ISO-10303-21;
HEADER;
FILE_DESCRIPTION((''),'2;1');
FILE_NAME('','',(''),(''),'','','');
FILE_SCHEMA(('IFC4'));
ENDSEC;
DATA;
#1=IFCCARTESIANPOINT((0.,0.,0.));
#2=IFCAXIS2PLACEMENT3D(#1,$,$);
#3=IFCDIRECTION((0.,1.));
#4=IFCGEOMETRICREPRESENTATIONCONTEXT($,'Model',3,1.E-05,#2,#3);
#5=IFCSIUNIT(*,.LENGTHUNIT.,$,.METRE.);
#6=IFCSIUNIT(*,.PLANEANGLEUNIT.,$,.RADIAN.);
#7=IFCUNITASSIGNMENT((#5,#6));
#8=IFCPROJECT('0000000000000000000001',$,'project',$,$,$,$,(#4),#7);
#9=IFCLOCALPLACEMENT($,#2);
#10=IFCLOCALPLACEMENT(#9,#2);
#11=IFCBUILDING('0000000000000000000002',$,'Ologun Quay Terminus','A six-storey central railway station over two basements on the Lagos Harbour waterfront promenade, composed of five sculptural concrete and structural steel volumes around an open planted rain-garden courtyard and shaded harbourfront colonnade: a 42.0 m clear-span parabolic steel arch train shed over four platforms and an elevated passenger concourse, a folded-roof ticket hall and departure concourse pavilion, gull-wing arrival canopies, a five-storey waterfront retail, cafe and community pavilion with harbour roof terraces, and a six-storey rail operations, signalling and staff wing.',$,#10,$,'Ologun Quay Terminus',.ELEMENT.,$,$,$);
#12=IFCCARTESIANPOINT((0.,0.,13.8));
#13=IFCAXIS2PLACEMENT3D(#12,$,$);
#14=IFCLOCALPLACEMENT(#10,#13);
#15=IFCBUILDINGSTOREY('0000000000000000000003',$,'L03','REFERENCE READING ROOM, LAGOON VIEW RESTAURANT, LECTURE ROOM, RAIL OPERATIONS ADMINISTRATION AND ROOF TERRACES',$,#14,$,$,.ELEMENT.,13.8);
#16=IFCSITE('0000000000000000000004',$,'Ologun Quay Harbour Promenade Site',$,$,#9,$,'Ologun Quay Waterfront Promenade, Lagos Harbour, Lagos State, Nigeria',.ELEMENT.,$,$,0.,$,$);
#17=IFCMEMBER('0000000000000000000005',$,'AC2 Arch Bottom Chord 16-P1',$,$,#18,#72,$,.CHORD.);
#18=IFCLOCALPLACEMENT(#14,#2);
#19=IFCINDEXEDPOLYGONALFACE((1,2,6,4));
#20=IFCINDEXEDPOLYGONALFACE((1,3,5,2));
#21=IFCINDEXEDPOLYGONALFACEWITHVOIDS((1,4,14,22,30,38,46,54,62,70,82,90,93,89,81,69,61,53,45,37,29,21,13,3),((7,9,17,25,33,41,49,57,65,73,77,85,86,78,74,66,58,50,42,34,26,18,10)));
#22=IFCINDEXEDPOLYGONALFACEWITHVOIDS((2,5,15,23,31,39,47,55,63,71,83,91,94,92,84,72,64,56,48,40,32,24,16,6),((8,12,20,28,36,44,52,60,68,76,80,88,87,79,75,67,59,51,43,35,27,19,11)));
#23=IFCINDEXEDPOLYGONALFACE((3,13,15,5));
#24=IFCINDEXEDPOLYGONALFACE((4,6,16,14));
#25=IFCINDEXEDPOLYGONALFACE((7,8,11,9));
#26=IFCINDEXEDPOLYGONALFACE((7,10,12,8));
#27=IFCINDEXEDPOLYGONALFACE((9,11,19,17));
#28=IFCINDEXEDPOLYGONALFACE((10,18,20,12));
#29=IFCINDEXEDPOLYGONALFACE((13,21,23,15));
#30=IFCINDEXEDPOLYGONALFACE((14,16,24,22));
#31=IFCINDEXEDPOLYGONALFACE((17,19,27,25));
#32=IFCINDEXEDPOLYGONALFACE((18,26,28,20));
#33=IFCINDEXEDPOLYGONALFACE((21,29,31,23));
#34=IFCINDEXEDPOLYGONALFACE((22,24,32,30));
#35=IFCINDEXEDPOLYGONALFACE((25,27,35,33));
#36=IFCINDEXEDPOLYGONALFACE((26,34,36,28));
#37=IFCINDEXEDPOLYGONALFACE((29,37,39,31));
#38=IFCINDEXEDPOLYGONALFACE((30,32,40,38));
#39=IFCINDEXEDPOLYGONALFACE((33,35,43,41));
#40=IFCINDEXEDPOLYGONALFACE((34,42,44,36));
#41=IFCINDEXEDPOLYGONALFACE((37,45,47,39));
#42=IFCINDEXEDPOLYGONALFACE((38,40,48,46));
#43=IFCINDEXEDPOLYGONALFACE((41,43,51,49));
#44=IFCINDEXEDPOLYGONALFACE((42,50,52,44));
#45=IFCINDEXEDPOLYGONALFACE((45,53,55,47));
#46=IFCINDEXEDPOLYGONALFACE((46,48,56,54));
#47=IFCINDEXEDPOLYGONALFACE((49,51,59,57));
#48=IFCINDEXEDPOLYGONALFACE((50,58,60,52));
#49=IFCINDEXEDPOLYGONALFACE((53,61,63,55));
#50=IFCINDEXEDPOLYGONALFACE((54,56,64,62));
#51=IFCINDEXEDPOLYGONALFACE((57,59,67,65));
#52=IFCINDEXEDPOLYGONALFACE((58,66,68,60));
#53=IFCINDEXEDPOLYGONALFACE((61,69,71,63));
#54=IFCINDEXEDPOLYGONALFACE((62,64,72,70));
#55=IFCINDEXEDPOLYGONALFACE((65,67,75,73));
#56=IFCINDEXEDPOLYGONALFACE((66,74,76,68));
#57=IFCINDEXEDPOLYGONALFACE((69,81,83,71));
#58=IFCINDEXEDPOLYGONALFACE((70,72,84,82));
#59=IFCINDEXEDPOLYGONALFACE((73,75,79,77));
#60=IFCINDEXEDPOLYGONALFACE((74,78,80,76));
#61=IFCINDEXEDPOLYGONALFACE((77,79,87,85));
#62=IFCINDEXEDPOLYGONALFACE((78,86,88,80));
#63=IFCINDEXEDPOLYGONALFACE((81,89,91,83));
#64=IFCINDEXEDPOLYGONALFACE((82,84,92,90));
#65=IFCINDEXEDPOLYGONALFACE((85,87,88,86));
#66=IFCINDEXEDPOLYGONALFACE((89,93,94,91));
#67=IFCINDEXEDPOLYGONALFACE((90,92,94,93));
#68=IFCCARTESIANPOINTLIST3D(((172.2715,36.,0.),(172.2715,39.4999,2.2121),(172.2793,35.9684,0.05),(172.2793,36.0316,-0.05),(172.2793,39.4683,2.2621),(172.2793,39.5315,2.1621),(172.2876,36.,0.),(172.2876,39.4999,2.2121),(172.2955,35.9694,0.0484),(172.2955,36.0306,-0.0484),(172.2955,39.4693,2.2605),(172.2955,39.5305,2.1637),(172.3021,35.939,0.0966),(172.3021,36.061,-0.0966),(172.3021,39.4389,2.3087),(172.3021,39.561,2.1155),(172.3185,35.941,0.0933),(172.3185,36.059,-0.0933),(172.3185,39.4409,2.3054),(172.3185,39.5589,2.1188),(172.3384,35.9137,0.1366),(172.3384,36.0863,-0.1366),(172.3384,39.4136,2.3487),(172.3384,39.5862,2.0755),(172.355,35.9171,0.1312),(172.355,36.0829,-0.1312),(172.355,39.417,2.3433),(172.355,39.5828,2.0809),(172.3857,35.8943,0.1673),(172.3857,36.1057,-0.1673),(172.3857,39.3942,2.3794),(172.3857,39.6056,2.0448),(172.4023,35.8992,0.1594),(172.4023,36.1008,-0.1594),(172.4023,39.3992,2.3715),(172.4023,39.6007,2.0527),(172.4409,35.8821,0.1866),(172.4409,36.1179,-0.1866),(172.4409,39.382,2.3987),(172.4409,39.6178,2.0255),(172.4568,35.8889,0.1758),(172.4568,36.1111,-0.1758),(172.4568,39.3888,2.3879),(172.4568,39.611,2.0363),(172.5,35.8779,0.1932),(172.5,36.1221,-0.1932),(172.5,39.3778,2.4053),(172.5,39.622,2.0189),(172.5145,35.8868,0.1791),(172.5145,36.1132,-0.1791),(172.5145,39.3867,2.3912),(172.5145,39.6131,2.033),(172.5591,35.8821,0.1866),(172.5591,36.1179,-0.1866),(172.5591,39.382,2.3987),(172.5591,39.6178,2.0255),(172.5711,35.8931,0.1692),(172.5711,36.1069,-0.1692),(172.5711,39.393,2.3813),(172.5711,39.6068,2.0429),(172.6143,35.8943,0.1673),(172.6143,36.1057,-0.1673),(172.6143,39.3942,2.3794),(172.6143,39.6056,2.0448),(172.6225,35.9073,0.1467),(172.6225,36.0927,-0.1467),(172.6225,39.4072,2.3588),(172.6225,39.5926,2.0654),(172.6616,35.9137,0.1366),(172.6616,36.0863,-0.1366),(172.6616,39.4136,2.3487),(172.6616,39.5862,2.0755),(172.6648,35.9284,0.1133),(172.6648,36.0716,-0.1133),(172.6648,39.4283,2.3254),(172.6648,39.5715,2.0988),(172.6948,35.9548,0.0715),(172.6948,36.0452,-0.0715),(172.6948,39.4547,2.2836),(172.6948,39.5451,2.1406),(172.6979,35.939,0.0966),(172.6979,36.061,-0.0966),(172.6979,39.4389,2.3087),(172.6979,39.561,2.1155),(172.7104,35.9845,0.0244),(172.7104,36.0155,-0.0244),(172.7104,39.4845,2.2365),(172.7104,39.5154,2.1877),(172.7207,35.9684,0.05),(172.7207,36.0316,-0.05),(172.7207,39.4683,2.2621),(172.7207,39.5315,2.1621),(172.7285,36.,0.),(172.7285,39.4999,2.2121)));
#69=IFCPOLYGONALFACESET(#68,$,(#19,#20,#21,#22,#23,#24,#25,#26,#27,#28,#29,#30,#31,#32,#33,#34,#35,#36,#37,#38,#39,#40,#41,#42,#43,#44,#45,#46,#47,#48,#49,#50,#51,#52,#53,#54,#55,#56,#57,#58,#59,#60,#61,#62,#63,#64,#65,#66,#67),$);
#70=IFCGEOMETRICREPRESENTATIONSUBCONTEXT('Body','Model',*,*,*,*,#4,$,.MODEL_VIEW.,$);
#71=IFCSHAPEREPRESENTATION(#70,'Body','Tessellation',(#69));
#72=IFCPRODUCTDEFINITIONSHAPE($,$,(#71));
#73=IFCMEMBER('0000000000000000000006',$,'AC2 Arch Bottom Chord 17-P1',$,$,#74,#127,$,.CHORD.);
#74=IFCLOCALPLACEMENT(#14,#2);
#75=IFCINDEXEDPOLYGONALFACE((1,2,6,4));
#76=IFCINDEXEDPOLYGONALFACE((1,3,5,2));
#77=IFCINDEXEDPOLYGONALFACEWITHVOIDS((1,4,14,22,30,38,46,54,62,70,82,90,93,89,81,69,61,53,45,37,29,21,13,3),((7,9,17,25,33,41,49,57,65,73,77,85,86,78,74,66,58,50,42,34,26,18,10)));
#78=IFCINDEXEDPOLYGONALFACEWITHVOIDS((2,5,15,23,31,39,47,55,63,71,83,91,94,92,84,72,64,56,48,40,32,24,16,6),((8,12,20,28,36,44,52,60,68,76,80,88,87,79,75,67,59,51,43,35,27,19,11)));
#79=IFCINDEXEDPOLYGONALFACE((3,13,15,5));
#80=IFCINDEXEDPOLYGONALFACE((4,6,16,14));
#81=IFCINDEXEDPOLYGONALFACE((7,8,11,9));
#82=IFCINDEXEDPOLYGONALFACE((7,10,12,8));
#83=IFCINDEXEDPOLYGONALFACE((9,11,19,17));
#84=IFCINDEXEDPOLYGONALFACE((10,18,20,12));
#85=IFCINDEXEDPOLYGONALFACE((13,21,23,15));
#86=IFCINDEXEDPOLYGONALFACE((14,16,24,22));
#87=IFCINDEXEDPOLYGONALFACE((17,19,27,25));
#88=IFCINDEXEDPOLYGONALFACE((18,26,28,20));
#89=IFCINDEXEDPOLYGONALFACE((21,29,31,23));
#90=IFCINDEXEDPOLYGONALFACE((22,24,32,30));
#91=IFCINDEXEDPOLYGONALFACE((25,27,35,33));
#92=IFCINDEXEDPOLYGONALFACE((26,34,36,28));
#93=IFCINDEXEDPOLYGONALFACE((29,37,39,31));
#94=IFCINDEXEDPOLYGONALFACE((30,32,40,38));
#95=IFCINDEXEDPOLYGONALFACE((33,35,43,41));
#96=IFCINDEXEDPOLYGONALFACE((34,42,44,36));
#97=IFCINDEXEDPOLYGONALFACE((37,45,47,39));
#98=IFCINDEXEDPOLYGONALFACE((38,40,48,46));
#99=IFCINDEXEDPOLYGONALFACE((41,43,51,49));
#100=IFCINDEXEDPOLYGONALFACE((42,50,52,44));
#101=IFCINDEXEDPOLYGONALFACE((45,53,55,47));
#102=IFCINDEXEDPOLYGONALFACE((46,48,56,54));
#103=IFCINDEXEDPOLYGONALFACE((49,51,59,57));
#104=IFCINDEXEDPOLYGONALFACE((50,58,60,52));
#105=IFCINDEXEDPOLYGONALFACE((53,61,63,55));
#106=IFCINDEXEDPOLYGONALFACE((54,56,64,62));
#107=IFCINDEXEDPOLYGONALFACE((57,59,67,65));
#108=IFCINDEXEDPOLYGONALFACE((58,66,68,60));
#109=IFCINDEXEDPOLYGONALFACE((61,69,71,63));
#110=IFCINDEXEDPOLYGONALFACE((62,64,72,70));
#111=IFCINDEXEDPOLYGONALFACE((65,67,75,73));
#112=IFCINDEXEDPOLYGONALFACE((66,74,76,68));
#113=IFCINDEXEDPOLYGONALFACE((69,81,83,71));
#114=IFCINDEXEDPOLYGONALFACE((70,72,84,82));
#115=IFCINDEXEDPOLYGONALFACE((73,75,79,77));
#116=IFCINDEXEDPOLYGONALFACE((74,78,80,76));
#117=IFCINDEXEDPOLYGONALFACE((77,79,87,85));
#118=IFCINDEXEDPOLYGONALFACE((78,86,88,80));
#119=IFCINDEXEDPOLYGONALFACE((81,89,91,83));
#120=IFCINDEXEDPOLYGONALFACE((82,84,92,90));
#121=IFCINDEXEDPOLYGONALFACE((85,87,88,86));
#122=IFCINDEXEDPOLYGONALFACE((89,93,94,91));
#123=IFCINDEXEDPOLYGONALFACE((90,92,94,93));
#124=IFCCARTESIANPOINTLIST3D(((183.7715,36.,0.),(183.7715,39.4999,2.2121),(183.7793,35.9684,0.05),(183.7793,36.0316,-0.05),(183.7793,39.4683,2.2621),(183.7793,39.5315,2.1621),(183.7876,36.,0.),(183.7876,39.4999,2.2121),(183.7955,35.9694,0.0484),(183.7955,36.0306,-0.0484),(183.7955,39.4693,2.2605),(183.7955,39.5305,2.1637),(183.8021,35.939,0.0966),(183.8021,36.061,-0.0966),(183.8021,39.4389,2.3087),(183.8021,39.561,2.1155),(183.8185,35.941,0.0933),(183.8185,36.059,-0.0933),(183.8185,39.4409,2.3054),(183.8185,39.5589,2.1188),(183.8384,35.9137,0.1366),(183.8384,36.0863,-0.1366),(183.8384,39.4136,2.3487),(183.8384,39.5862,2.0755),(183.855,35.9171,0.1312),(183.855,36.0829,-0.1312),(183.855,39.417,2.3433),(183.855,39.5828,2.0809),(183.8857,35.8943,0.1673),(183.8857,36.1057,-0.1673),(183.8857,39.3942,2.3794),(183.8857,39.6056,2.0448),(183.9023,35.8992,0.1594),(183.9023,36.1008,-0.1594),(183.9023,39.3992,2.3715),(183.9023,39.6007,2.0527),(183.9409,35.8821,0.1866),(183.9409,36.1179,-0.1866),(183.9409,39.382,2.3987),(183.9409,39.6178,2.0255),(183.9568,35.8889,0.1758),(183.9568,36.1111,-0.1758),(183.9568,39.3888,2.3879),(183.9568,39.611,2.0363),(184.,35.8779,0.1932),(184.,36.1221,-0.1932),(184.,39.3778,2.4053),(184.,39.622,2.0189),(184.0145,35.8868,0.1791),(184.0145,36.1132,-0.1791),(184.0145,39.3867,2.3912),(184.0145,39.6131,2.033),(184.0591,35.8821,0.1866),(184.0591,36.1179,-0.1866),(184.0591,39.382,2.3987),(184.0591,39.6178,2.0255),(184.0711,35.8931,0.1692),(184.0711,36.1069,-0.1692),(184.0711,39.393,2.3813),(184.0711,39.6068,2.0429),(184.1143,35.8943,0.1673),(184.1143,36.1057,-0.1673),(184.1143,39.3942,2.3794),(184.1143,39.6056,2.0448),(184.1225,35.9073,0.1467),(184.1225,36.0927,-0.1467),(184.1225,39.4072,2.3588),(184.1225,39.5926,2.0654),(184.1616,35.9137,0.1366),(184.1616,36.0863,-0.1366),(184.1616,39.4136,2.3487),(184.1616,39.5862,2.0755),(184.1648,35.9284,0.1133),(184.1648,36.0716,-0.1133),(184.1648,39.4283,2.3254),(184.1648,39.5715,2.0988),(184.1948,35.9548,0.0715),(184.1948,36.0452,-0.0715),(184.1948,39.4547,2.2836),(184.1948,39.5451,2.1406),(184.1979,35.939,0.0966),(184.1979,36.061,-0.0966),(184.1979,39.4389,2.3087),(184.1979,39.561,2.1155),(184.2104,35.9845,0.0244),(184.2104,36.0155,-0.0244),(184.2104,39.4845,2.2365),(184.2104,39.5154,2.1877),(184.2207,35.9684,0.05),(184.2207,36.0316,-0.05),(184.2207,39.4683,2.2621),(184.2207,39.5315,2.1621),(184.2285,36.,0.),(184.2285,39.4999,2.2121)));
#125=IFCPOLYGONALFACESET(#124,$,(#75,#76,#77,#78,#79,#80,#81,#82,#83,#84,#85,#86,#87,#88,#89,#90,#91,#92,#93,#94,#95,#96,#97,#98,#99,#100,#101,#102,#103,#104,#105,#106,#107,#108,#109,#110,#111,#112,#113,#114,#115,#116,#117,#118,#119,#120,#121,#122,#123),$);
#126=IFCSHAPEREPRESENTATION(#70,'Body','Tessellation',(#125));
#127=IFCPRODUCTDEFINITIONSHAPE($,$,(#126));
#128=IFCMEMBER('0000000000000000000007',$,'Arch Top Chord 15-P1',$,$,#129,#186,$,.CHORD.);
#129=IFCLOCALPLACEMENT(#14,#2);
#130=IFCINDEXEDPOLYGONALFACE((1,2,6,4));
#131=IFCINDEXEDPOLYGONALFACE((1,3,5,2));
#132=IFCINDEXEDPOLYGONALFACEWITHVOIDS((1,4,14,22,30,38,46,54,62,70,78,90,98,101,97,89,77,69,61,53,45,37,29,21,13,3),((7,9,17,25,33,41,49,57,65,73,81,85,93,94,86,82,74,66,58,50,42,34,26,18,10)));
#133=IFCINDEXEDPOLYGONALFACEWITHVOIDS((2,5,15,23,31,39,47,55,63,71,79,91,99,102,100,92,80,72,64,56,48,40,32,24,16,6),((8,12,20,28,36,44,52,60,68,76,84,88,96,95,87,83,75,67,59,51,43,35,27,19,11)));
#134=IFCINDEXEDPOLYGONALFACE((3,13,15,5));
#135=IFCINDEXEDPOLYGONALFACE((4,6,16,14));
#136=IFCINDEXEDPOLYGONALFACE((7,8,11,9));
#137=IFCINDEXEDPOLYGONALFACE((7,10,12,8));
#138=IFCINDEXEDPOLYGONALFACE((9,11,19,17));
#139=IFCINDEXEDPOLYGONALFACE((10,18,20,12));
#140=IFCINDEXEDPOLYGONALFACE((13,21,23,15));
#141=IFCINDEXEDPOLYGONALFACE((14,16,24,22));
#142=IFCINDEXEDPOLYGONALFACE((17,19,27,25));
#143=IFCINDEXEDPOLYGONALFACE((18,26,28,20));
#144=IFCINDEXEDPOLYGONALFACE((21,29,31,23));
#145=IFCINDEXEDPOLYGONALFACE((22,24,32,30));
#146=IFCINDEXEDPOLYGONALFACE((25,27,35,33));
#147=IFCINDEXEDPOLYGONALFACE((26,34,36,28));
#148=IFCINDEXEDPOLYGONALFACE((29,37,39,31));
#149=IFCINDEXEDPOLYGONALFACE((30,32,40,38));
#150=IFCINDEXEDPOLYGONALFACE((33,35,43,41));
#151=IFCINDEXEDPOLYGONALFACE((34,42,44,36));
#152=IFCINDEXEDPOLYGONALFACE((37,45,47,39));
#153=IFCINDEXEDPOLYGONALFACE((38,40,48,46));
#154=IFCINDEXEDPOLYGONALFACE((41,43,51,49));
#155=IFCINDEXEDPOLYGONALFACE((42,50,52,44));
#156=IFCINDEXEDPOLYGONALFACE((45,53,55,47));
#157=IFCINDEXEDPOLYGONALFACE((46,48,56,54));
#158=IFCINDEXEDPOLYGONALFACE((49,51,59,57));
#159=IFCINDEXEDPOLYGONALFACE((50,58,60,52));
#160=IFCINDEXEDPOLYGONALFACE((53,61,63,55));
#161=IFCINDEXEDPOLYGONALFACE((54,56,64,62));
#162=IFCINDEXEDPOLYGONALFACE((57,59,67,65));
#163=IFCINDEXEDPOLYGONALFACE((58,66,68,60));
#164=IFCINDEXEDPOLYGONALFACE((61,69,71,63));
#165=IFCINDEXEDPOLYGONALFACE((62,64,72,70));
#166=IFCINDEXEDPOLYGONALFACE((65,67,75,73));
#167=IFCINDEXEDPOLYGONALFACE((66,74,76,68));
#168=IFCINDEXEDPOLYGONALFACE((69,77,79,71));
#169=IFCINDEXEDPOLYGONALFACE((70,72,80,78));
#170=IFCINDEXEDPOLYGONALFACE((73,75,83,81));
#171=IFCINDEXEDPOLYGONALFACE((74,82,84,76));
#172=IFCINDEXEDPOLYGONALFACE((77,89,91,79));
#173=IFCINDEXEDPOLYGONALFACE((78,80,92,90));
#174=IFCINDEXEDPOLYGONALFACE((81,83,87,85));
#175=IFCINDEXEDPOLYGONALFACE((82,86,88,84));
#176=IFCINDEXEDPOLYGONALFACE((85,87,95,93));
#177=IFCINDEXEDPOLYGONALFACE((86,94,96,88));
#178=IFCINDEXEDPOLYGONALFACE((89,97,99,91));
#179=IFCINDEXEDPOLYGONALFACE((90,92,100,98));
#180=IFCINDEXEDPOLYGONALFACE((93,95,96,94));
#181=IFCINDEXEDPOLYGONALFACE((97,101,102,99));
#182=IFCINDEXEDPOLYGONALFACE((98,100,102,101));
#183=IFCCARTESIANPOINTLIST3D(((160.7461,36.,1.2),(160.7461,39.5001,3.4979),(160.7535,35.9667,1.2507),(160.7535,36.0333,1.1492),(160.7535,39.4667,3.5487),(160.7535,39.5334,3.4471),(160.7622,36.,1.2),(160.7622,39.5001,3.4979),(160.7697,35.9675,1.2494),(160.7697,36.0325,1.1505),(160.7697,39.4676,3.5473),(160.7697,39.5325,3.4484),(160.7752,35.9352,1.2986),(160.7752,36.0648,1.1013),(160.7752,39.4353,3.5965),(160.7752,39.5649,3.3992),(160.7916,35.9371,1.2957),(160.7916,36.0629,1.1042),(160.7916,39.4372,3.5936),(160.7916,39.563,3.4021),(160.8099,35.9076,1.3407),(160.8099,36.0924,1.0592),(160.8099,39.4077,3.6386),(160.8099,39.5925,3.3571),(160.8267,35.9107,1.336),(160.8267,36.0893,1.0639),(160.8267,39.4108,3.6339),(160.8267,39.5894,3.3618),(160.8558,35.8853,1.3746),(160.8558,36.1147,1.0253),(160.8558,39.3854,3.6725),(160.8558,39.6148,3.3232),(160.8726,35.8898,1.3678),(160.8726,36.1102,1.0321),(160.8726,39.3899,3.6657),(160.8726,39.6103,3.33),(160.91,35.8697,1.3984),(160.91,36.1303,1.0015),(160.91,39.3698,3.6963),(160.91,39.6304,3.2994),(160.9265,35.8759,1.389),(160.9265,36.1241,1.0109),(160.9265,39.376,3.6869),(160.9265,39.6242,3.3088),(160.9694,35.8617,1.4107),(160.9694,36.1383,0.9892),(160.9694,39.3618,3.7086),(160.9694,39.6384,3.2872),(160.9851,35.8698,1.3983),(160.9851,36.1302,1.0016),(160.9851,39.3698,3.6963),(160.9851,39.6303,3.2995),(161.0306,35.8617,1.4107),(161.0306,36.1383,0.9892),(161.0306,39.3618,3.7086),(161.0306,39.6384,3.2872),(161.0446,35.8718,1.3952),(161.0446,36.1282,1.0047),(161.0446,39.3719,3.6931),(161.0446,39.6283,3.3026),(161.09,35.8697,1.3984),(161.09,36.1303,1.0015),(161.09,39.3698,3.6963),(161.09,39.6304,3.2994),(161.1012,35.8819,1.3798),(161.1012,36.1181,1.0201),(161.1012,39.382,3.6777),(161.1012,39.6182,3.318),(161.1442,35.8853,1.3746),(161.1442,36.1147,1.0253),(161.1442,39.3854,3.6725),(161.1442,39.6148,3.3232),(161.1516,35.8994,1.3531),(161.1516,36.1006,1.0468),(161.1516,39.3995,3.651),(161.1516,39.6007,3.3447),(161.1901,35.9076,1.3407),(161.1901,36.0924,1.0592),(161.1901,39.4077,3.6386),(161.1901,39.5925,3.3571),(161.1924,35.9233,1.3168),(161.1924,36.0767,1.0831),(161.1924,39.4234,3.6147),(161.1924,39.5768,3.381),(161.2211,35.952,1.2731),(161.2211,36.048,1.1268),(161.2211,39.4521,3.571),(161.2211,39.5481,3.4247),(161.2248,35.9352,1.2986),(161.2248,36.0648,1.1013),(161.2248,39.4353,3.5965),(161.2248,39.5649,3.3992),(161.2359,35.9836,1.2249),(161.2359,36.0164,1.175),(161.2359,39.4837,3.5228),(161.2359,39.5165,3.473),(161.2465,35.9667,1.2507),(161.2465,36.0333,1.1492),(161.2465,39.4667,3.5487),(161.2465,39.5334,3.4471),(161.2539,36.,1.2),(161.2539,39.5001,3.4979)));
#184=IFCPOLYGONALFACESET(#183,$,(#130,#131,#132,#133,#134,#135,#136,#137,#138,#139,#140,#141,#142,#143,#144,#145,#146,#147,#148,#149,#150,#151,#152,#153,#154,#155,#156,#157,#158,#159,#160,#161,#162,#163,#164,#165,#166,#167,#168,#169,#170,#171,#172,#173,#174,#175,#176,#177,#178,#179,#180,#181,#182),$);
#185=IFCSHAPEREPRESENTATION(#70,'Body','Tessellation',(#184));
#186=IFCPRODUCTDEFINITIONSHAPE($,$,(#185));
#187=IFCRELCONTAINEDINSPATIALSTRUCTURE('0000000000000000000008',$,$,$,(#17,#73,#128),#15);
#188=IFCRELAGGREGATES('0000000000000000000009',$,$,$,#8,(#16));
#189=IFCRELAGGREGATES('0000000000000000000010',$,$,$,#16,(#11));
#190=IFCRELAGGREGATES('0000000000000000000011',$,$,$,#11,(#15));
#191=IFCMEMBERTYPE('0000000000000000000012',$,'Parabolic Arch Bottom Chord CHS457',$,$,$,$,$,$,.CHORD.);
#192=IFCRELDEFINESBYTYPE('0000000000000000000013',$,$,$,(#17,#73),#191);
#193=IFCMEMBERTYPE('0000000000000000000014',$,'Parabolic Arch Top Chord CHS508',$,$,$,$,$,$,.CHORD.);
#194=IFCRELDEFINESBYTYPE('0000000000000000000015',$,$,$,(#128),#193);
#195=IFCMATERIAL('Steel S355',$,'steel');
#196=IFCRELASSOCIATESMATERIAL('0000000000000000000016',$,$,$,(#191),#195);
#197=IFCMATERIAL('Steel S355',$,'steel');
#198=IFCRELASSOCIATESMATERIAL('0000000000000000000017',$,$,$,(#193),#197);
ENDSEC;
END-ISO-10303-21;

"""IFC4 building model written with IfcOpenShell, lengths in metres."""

from ifc_helpers import new_model, si_unit, direction, frame, origin, origin_2d, place, context, subcontext, project, spatial, hollow_circle, extrude, material, material_profile, profile_set, type_object, element, save


model = new_model("IFC4")

# Units and contexts
model_context = context("Model", 3, precision=1e-05, world=origin(), true_north=direction((0.0, 1.0)))
body_context = subcontext(model_context, "Body", "Model", "MODEL_VIEW")
ifc_project = project(units=[si_unit("LENGTHUNIT", "METRE"), si_unit("PLANEANGLEUNIT", "RADIAN")], contexts=[model_context])

# Site, building, storey
site_placement = place(None, origin())
site = spatial("IfcSite", under=ifc_project, at=site_placement, Name="Ologun Quay Harbour Promenade Site", LongName="Ologun Quay Waterfront Promenade, Lagos Harbour, Lagos State, Nigeria", CompositionType="ELEMENT", RefElevation=0.0)
building_placement = place(site_placement, origin())
building = spatial("IfcBuilding", under=site, at=building_placement, Name="Ologun Quay Terminus", Description="A six-storey central railway station over two basements on the Lagos Harbour waterfront promenade, composed of five sculptural concrete and structural steel volumes around an open planted rain-garden courtyard and shaded harbourfront colonnade: a 42.0 m clear-span parabolic steel arch train shed over four platforms and an elevated passenger concourse, a folded-roof ticket hall and departure concourse pavilion, gull-wing arrival canopies, a five-storey waterfront retail, cafe and community pavilion with harbour roof terraces, and a six-storey rail operations, signalling and staff wing.", LongName="Ologun Quay Terminus", CompositionType="ELEMENT")
storey_placement = place(building_placement, frame((0.0, 0.0, 13.8)))
storey = spatial("IfcBuildingStorey", under=building, at=storey_placement, Name="L03", Description="REFERENCE READING ROOM, LAGOON VIEW RESTAURANT, LECTURE ROOM, RAIL OPERATIONS ADMINISTRATION AND ROOF TERRACES", CompositionType="ELEMENT", Elevation=13.8)

# Members
ifc_material_1 = material(Name="Steel S355", Category="steel")
ifc_material_profile_1 = material_profile(ifc_material_1, hollow_circle(Radius=0.2285, WallThickness=0.0161, at=origin_2d()), Name="CHS 457x16")
ifc_profile_set_1 = profile_set([ifc_material_profile_1], Name="Steel S355")
member_type_1 = type_object("IfcMemberType", Name="Parabolic Arch Bottom Chord CHS457", PredefinedType="CHORD", material=ifc_profile_set_1)
for number, where, z_axis, x_axis, name in (
    (1, (172.5, 36.0, 0.0), (0.0, 0.845311, 0.534275), (-1.0, 0.0, 0.0), "AC2 Arch Bottom Chord 16-P1"),
    (2, (184.0, 36.0, 0.0), (0.0, 0.845311, 0.534275), (-1.0, 0.0, 0.0), "AC2 Arch Bottom Chord 17-P1"),
):
    element("IfcMember", number, at=place(storey_placement, frame(where, z_axis=z_axis, x_axis=x_axis)), inside=storey, type_object=member_type_1, Name=name, PredefinedType="CHORD", context=body_context, shape_type="SweptSolid", body=[
        extrude(hollow_circle(Radius=0.2285, WallThickness=0.0161, at=origin_2d()), origin(), (0.0, 0.0, 1.0), 4.1404),
    ])
ifc_material_2 = material(Name="Steel S355", Category="steel")
ifc_material_profile_2 = material_profile(ifc_material_2, hollow_circle(Radius=0.2539, WallThickness=0.0161, at=origin_2d()), Name="CHS 508x16")
ifc_profile_set_2 = profile_set([ifc_material_profile_2], Name="Steel S355")
member_type_2 = type_object("IfcMemberType", Name="Parabolic Arch Top Chord CHS508", PredefinedType="CHORD", material=ifc_profile_set_2)
for number, where, z_axis, x_axis, name in (
    (3, (161.0, 36.0, 1.2), (0.0, 0.835941, 0.548819), (-1.0, 0.0, 0.0), "Arch Top Chord 15-P1"),
):
    element("IfcMember", number, at=place(storey_placement, frame(where, z_axis=z_axis, x_axis=x_axis)), inside=storey, type_object=member_type_2, Name=name, PredefinedType="CHORD", context=body_context, shape_type="SweptSolid", body=[
        extrude(hollow_circle(Radius=0.2539, WallThickness=0.0161, at=origin_2d()), origin(), (0.0, 0.0, 1.0), 4.187),
    ])

save(model, "model.ifc")
